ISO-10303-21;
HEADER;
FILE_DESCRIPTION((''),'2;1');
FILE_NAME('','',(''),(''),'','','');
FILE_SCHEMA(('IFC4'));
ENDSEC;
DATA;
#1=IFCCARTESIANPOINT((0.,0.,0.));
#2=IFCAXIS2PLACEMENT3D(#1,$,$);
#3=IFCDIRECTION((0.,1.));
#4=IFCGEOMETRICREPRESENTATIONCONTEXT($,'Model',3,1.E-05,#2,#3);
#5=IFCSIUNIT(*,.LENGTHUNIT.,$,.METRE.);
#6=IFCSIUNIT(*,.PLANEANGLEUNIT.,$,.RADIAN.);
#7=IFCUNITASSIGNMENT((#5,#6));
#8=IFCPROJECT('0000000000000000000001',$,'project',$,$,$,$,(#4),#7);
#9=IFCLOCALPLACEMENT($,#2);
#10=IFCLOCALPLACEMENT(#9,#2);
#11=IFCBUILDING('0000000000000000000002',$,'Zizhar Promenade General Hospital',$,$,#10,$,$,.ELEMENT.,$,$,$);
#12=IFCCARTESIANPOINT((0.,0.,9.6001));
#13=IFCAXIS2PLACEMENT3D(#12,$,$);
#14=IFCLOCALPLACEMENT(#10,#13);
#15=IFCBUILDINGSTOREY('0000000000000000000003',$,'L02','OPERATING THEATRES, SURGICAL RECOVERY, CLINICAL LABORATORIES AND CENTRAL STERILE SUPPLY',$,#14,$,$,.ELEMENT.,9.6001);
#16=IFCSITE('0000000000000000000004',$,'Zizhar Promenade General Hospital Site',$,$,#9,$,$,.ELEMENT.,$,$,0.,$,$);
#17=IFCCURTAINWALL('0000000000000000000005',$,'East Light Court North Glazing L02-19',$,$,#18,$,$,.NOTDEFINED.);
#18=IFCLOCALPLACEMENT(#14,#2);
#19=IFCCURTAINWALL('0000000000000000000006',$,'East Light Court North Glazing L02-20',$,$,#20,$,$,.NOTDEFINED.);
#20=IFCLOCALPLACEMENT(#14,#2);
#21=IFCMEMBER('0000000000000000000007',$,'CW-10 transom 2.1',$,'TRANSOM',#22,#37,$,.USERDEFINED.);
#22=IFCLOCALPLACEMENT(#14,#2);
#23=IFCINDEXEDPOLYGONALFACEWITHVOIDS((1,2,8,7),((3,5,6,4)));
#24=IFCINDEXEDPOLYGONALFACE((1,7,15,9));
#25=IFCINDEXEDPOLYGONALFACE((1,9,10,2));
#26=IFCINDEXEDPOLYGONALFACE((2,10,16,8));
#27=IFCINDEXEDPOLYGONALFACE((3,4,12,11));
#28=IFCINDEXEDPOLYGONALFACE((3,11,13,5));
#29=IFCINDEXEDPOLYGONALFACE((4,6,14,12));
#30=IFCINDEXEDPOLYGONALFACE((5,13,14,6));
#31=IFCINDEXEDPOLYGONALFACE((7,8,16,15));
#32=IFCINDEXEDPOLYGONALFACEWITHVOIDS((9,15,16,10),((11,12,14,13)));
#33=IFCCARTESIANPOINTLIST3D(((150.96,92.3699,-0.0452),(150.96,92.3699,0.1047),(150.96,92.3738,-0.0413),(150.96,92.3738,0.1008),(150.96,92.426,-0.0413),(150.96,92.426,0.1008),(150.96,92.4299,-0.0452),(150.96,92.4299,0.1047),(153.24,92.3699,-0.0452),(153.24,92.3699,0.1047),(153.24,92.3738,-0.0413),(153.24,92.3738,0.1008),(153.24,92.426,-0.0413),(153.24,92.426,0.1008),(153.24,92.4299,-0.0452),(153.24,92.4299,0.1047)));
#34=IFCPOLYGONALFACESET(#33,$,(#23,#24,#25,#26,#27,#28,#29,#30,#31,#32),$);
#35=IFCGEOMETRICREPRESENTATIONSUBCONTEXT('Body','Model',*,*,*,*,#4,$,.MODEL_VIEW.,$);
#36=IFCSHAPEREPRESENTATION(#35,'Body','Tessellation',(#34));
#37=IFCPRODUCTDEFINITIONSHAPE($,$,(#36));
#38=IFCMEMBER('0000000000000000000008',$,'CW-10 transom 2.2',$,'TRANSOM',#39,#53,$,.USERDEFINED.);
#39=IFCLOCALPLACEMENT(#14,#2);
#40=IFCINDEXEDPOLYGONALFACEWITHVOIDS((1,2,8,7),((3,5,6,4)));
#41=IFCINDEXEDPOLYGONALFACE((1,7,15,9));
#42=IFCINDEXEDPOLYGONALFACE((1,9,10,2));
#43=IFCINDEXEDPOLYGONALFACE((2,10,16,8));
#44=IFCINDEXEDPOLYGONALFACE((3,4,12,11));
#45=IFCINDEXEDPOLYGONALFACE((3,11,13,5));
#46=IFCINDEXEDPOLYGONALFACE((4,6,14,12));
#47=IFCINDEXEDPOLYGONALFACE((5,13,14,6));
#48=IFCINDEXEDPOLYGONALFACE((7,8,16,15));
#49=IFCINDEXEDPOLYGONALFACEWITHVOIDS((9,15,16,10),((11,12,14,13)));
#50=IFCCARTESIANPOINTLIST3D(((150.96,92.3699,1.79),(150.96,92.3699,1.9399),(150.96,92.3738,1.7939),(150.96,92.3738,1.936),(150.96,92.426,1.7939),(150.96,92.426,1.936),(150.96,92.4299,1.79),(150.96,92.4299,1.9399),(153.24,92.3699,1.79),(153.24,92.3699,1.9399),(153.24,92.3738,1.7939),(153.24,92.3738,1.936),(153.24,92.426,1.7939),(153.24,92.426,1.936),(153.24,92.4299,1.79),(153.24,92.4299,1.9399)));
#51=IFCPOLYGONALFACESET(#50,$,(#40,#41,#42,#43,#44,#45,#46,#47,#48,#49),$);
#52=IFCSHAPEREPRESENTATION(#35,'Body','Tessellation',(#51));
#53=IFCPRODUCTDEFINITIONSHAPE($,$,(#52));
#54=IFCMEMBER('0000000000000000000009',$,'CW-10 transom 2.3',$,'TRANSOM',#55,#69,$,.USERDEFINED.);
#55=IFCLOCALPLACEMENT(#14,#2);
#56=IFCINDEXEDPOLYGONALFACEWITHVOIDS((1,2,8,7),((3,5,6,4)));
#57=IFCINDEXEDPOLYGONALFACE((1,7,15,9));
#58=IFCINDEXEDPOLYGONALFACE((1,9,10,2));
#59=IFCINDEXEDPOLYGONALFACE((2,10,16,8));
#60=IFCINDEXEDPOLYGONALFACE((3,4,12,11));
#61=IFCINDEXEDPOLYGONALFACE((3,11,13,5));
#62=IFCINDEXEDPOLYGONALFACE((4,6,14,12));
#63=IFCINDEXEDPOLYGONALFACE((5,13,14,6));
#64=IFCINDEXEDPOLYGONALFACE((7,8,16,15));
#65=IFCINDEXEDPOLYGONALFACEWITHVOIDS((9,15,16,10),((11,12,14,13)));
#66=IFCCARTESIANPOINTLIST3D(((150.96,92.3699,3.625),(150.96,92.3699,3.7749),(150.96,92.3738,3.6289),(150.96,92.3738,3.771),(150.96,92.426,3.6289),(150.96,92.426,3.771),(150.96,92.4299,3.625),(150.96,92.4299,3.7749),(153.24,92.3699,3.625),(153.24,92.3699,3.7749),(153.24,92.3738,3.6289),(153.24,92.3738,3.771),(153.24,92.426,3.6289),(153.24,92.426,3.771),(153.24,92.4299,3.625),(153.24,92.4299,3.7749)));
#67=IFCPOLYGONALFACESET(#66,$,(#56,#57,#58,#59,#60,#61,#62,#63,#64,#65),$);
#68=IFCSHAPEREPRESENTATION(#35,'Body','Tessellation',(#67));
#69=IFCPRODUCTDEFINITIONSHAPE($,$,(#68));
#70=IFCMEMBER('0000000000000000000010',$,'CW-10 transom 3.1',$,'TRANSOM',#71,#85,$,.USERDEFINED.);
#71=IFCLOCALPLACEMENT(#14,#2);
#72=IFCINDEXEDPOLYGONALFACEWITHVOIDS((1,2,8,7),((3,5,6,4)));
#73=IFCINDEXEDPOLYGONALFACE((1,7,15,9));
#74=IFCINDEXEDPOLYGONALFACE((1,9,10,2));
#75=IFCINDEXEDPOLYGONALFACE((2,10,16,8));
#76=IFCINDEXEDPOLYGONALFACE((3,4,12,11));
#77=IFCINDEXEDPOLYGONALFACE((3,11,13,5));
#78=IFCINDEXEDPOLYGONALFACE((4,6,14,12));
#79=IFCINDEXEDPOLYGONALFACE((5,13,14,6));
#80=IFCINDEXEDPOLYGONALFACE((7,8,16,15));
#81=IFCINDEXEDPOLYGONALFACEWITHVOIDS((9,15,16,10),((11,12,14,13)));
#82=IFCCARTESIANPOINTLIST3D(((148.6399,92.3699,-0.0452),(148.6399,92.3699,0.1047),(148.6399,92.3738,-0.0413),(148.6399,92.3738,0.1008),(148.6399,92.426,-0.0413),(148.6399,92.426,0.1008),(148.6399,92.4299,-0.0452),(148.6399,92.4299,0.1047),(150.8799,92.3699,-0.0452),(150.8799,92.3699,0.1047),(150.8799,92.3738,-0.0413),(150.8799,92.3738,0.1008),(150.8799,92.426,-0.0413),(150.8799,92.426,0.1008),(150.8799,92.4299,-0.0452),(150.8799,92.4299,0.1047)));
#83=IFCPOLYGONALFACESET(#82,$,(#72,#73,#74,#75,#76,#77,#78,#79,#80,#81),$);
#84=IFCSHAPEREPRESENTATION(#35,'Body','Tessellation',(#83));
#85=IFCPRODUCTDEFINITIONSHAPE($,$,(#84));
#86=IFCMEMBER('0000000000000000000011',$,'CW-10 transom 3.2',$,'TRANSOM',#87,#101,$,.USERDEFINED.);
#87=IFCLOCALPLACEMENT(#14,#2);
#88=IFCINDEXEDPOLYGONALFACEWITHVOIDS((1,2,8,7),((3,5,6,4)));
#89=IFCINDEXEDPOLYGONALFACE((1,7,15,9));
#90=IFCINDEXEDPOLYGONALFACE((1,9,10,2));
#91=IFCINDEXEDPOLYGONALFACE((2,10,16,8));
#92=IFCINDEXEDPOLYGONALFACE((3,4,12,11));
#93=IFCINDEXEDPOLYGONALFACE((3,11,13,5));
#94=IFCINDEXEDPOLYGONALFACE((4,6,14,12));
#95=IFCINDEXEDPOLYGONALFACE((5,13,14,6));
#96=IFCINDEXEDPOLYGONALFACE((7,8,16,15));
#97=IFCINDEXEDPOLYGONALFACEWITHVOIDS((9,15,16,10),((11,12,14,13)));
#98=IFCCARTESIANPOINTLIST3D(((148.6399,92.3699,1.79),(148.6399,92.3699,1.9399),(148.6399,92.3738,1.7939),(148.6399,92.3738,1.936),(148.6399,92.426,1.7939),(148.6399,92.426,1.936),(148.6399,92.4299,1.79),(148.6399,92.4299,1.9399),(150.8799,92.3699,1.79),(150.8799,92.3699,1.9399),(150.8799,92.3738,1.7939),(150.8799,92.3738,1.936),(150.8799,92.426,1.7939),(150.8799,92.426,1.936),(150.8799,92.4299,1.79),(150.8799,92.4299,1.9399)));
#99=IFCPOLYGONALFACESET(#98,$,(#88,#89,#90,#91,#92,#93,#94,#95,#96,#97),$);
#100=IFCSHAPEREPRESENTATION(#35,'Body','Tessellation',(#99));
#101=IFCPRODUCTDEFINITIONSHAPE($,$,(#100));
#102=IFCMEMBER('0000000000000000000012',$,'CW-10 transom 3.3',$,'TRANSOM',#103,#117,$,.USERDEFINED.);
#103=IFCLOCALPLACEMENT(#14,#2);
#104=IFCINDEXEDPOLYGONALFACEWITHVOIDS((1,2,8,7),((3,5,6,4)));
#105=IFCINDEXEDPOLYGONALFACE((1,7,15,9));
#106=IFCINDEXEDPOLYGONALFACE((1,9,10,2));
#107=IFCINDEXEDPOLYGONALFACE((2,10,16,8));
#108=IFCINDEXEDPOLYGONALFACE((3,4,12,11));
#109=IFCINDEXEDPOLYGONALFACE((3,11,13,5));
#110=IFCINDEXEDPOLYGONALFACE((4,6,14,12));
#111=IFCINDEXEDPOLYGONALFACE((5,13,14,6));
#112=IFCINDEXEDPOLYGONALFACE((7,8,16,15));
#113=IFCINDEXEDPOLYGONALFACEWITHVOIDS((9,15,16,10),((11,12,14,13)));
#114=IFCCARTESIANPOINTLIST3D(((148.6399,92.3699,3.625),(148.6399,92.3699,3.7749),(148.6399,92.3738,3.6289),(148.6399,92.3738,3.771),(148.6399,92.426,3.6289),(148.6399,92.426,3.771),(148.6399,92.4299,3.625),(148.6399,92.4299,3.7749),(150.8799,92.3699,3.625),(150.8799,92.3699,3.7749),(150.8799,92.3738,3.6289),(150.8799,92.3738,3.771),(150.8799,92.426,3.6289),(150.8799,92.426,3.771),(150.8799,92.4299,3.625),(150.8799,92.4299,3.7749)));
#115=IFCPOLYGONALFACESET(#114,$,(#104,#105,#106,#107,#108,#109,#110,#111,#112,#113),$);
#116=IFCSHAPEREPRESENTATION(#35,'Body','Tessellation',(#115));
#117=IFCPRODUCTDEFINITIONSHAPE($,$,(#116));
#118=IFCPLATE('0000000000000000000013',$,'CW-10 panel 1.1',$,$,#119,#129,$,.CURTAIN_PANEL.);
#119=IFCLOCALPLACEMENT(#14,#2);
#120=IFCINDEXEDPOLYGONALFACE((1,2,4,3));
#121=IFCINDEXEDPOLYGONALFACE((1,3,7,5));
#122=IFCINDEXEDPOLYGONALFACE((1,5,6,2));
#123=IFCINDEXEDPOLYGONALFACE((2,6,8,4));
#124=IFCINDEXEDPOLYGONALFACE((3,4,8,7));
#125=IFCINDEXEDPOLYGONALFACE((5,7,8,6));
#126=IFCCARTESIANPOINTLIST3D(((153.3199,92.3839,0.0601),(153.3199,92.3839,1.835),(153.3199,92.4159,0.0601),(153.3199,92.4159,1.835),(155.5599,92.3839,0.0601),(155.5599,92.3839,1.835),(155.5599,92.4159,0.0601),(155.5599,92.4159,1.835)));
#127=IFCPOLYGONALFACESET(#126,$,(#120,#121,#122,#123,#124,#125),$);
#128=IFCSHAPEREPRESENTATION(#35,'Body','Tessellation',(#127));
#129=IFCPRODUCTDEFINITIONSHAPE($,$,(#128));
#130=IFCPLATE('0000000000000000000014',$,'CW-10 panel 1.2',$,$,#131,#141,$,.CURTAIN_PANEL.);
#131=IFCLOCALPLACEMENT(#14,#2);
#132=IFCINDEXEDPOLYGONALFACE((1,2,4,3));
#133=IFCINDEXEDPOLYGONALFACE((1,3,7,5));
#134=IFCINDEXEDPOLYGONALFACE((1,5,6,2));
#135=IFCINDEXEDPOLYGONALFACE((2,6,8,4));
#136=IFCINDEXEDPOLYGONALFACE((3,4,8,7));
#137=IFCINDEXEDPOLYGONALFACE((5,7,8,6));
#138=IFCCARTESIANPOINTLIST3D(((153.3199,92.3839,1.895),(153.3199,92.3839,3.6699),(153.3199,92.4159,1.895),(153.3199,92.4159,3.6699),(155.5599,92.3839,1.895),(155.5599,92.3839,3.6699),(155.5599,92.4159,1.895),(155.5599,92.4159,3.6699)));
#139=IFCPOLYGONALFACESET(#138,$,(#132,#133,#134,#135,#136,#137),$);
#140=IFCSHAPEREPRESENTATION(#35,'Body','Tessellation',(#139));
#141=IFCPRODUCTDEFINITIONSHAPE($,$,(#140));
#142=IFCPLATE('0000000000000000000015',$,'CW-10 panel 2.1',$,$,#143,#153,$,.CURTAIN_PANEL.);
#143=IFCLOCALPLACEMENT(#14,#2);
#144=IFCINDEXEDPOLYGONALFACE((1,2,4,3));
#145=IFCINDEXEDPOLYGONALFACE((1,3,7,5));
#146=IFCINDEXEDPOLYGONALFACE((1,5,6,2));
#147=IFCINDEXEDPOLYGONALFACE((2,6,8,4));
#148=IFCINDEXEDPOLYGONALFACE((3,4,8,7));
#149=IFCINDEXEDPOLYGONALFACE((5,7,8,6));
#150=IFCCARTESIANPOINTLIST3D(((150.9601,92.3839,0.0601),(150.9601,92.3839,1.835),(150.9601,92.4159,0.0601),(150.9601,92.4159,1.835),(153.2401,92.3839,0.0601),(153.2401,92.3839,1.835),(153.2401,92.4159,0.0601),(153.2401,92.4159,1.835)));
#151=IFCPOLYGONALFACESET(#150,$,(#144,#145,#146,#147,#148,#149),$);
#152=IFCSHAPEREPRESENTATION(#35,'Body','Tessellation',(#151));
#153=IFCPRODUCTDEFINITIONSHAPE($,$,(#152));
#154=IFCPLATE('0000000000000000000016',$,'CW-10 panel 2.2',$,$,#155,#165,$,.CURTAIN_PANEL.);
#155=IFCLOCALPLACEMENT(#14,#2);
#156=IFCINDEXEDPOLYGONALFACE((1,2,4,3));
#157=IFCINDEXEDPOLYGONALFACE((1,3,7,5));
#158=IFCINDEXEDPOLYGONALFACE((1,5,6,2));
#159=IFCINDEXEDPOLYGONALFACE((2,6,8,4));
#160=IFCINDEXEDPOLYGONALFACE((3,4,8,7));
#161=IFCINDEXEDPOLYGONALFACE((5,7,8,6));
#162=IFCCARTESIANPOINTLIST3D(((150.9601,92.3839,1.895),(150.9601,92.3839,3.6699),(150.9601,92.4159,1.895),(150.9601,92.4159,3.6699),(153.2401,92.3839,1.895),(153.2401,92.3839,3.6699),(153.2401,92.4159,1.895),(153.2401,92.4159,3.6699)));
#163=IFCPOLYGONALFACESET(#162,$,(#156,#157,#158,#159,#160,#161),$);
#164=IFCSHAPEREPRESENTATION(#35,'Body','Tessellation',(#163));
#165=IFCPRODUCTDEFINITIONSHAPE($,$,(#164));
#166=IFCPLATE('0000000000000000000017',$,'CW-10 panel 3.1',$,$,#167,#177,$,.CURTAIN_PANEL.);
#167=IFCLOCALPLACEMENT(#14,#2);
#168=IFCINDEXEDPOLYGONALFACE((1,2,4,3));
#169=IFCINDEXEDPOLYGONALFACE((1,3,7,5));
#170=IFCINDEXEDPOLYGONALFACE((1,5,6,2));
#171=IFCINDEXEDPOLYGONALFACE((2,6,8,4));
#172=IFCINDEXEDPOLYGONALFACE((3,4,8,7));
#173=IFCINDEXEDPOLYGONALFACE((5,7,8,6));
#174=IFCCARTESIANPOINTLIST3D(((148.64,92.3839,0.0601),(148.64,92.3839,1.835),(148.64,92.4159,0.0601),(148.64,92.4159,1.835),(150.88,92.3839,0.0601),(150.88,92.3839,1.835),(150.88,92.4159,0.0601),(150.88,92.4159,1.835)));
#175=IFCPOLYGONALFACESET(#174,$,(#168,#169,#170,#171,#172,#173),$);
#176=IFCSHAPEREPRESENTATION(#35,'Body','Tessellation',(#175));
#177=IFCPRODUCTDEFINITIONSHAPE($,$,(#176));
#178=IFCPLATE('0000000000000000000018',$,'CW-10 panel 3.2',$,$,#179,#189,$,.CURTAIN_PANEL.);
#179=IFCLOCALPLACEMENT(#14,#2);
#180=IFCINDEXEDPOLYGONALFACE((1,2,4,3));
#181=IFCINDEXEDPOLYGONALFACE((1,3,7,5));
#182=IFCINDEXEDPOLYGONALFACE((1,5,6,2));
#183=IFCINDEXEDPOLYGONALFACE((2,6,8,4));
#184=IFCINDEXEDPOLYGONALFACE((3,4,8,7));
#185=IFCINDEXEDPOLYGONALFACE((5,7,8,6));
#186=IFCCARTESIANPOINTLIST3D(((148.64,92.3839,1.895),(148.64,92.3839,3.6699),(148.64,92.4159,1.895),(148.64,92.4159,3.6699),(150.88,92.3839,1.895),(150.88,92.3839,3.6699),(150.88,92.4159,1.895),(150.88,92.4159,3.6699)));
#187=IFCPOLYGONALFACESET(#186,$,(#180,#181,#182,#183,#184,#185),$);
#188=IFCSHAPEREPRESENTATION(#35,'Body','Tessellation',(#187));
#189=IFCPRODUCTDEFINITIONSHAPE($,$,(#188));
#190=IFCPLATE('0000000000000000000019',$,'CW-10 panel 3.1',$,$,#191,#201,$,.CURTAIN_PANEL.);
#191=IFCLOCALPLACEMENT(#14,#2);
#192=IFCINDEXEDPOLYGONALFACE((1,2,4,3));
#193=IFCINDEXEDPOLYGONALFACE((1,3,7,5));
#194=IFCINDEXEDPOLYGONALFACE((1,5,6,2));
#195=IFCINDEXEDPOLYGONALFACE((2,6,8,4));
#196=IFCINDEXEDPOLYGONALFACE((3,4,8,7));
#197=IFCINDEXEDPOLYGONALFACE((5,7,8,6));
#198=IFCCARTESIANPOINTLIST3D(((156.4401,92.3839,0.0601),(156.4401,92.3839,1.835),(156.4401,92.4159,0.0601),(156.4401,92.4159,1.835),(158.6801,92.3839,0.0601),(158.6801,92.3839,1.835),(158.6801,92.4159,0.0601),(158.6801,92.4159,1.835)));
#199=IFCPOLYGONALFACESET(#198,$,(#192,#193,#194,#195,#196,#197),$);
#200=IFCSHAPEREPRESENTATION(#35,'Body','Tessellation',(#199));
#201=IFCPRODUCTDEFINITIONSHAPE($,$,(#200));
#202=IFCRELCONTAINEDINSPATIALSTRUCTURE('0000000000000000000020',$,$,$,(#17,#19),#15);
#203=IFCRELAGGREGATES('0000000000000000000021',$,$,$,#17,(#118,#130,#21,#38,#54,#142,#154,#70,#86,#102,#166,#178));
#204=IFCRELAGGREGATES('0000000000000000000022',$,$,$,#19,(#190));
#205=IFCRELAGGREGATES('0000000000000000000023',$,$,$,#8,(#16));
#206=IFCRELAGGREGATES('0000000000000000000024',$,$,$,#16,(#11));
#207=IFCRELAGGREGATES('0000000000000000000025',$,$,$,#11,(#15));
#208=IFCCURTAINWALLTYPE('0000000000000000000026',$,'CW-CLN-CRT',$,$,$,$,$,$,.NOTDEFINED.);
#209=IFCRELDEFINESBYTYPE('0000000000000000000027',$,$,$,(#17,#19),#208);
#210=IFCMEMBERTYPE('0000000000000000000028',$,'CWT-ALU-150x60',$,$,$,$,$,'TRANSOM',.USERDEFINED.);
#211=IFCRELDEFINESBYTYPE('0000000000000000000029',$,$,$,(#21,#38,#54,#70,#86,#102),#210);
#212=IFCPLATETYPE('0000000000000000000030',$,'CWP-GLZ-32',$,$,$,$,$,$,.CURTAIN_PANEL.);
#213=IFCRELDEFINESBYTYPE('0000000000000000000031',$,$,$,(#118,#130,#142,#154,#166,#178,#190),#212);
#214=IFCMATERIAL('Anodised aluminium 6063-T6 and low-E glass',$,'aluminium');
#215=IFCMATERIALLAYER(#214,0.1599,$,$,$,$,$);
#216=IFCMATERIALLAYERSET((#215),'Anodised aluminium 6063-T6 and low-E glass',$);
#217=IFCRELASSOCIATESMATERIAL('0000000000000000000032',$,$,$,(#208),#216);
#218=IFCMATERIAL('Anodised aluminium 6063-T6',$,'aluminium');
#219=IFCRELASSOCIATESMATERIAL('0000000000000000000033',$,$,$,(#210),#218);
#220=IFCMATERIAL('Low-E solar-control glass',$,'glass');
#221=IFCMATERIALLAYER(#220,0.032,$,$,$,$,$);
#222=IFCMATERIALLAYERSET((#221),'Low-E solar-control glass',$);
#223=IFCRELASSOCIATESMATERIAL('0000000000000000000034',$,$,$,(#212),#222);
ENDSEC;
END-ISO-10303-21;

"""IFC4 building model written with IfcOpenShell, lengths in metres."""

from ifc_helpers import new_model, si_unit, direction, frame, origin, origin_2d, place, context, subcontext, project, spatial, rectangle, hollow_rectangle, extrude, material, layer, layer_set, material_profile, profile_set, type_object, element, aggregate, save


model = new_model("IFC4")

# Units and contexts
model_context = context("Model", 3, precision=1e-05, world=origin(), true_north=direction((0.0, 1.0)))
body_context = subcontext(model_context, "Body", "Model", "MODEL_VIEW")
ifc_project = project(units=[si_unit("LENGTHUNIT", "METRE"), si_unit("PLANEANGLEUNIT", "RADIAN")], contexts=[model_context])

# Site, building, storey
site_placement = place(None, origin())
site = spatial("IfcSite", under=ifc_project, at=site_placement, Name="Zizhar Promenade General Hospital Site", CompositionType="ELEMENT", RefElevation=0.0)
building_placement = place(site_placement, origin())
building = spatial("IfcBuilding", under=site, at=building_placement, Name="Zizhar Promenade General Hospital", CompositionType="ELEMENT")
storey_placement = place(building_placement, frame((0.0, 0.0, 9.6001)))
storey = spatial("IfcBuildingStorey", under=building, at=storey_placement, Name="L02", Description="OPERATING THEATRES, SURGICAL RECOVERY, CLINICAL LABORATORIES AND CENTRAL STERILE SUPPLY", CompositionType="ELEMENT", Elevation=9.6001)

# Curtain wall
ifc_material_1 = material(Name="Anodised aluminium 6063-T6 and low-E glass", Category="aluminium")
ifc_layer_1 = layer(ifc_material_1, 0.1599)
ifc_layer_set_1 = layer_set([ifc_layer_1], Name="Anodised aluminium 6063-T6 and low-E glass")
curtain_wall_type = type_object("IfcCurtainWallType", Name="CW-CLN-CRT", PredefinedType="NOTDEFINED", material=ifc_layer_set_1)
curtain_wall_1_placement = place(storey_placement, origin())
curtain_wall_1 = element("IfcCurtainWall", 1, at=curtain_wall_1_placement, inside=storey, type_object=curtain_wall_type, Name="East Light Court North Glazing L02-19", PredefinedType="NOTDEFINED")

# Curtain wall
curtain_wall_2_placement = place(storey_placement, origin())
curtain_wall_2 = element("IfcCurtainWall", 2, at=curtain_wall_2_placement, inside=storey, type_object=curtain_wall_type, Name="East Light Court North Glazing L02-20", PredefinedType="NOTDEFINED")

# Members
ifc_material_2 = material(Name="Anodised aluminium 6063-T6", Category="aluminium")
ifc_material_profile_1 = material_profile(ifc_material_2, hollow_rectangle(XDim=0.0601, YDim=0.1499, WallThickness=0.0039, at=origin_2d()))
ifc_profile_set_1 = profile_set([ifc_material_profile_1], Name="Anodised aluminium 6063-T6")
member_type_1 = type_object("IfcMemberType", Name="CWT-ALU-150x60", ElementType="TRANSOM", PredefinedType="USERDEFINED", material=ifc_profile_set_1)
member_1_placement = place(storey_placement, frame((153.24, 92.3999, 0.0298), z_axis=(-1.0, 0.0, 0.0), x_axis=(0.0, -1.0, 0.0)))
member_1 = element("IfcMember", 3, at=member_1_placement, type_object=member_type_1, Name="CW-10 transom 2.1", ObjectType="TRANSOM", PredefinedType="USERDEFINED", context=body_context, shape_type="SweptSolid", body=[
    extrude(hollow_rectangle(XDim=0.0601, YDim=0.1499, WallThickness=0.0039, at=origin_2d()), origin(), (0.0, 0.0, 1.0), 2.28),
])
member_2_placement = place(storey_placement, frame((153.24, 92.3999, 1.865), z_axis=(-1.0, 0.0, 0.0), x_axis=(0.0, -1.0, 0.0)))
member_2 = element("IfcMember", 4, at=member_2_placement, type_object=member_type_1, Name="CW-10 transom 2.2", ObjectType="TRANSOM", PredefinedType="USERDEFINED", context=body_context, shape_type="SweptSolid", body=[
    extrude(hollow_rectangle(XDim=0.0601, YDim=0.1499, WallThickness=0.0039, at=origin_2d()), origin(), (0.0, 0.0, 1.0), 2.28),
])
member_3_placement = place(storey_placement, frame((153.24, 92.3999, 3.7), z_axis=(-1.0, 0.0, 0.0), x_axis=(0.0, -1.0, 0.0)))
member_3 = element("IfcMember", 5, at=member_3_placement, type_object=member_type_1, Name="CW-10 transom 2.3", ObjectType="TRANSOM", PredefinedType="USERDEFINED", context=body_context, shape_type="SweptSolid", body=[
    extrude(hollow_rectangle(XDim=0.0601, YDim=0.1499, WallThickness=0.0039, at=origin_2d()), origin(), (0.0, 0.0, 1.0), 2.28),
])
member_4_placement = place(storey_placement, frame((150.8799, 92.3999, 0.0298), z_axis=(-1.0, 0.0, 0.0), x_axis=(0.0, -1.0, 0.0)))
member_4 = element("IfcMember", 6, at=member_4_placement, type_object=member_type_1, Name="CW-10 transom 3.1", ObjectType="TRANSOM", PredefinedType="USERDEFINED", context=body_context, shape_type="SweptSolid", body=[
    extrude(hollow_rectangle(XDim=0.0601, YDim=0.1499, WallThickness=0.0039, at=origin_2d()), origin(), (0.0, 0.0, 1.0), 2.24),
])
member_5_placement = place(storey_placement, frame((150.8799, 92.3999, 1.865), z_axis=(-1.0, 0.0, 0.0), x_axis=(0.0, -1.0, 0.0)))
member_5 = element("IfcMember", 7, at=member_5_placement, type_object=member_type_1, Name="CW-10 transom 3.2", ObjectType="TRANSOM", PredefinedType="USERDEFINED", context=body_context, shape_type="SweptSolid", body=[
    extrude(hollow_rectangle(XDim=0.0601, YDim=0.1499, WallThickness=0.0039, at=origin_2d()), origin(), (0.0, 0.0, 1.0), 2.24),
])
member_6_placement = place(storey_placement, frame((150.8799, 92.3999, 3.7), z_axis=(-1.0, 0.0, 0.0), x_axis=(0.0, -1.0, 0.0)))
member_6 = element("IfcMember", 8, at=member_6_placement, type_object=member_type_1, Name="CW-10 transom 3.3", ObjectType="TRANSOM", PredefinedType="USERDEFINED", context=body_context, shape_type="SweptSolid", body=[
    extrude(hollow_rectangle(XDim=0.0601, YDim=0.1499, WallThickness=0.0039, at=origin_2d()), origin(), (0.0, 0.0, 1.0), 2.24),
])

# Plates
ifc_material_3 = material(Name="Low-E solar-control glass", Category="glass")
ifc_layer_2 = layer(ifc_material_3, 0.032)
ifc_layer_set_2 = layer_set([ifc_layer_2], Name="Low-E solar-control glass")
plate_type = type_object("IfcPlateType", Name="CWP-GLZ-32", PredefinedType="CURTAIN_PANEL", material=ifc_layer_set_2)
plate_1_placement = place(storey_placement, frame((154.4399, 92.3999, 0.0601), z_axis=(0.0, 0.0, 1.0), x_axis=(-1.0, 0.0, 0.0)))
plate_1 = element("IfcPlate", 9, at=plate_1_placement, type_object=plate_type, Name="CW-10 panel 1.1", PredefinedType="CURTAIN_PANEL", context=body_context, shape_type="SweptSolid", body=[
    extrude(rectangle(XDim=2.24, YDim=0.032, at=origin_2d()), origin(), (0.0, 0.0, 1.0), 1.7749),
])
plate_2_placement = place(storey_placement, frame((154.4399, 92.3999, 1.895), z_axis=(0.0, 0.0, 1.0), x_axis=(-1.0, 0.0, 0.0)))
plate_2 = element("IfcPlate", 10, at=plate_2_placement, type_object=plate_type, Name="CW-10 panel 1.2", PredefinedType="CURTAIN_PANEL", context=body_context, shape_type="SweptSolid", body=[
    extrude(rectangle(XDim=2.24, YDim=0.032, at=origin_2d()), origin(), (0.0, 0.0, 1.0), 1.7749),
])
plate_3_placement = place(storey_placement, frame((152.1001, 92.3999, 0.0601), z_axis=(0.0, 0.0, 1.0), x_axis=(-1.0, 0.0, 0.0)))
plate_3 = element("IfcPlate", 11, at=plate_3_placement, type_object=plate_type, Name="CW-10 panel 2.1", PredefinedType="CURTAIN_PANEL", context=body_context, shape_type="SweptSolid", body=[
    extrude(rectangle(XDim=2.28, YDim=0.032, at=origin_2d()), origin(), (0.0, 0.0, 1.0), 1.7749),
])
plate_4_placement = place(storey_placement, frame((152.1001, 92.3999, 1.895), z_axis=(0.0, 0.0, 1.0), x_axis=(-1.0, 0.0, 0.0)))
plate_4 = element("IfcPlate", 12, at=plate_4_placement, type_object=plate_type, Name="CW-10 panel 2.2", PredefinedType="CURTAIN_PANEL", context=body_context, shape_type="SweptSolid", body=[
    extrude(rectangle(XDim=2.28, YDim=0.032, at=origin_2d()), origin(), (0.0, 0.0, 1.0), 1.7749),
])
plate_5_placement = place(storey_placement, frame((149.76, 92.3999, 0.0601), z_axis=(0.0, 0.0, 1.0), x_axis=(-1.0, 0.0, 0.0)))
plate_5 = element("IfcPlate", 13, at=plate_5_placement, type_object=plate_type, Name="CW-10 panel 3.1", PredefinedType="CURTAIN_PANEL", context=body_context, shape_type="SweptSolid", body=[
    extrude(rectangle(XDim=2.24, YDim=0.032, at=origin_2d()), origin(), (0.0, 0.0, 1.0), 1.7749),
])
plate_6_placement = place(storey_placement, frame((149.76, 92.3999, 1.895), z_axis=(0.0, 0.0, 1.0), x_axis=(-1.0, 0.0, 0.0)))
plate_6 = element("IfcPlate", 14, at=plate_6_placement, type_object=plate_type, Name="CW-10 panel 3.2", PredefinedType="CURTAIN_PANEL", context=body_context, shape_type="SweptSolid", body=[
    extrude(rectangle(XDim=2.24, YDim=0.032, at=origin_2d()), origin(), (0.0, 0.0, 1.0), 1.7749),
])
aggregate(curtain_wall_1, [plate_1, plate_2, member_1, member_2, member_3, plate_3, plate_4, member_4, member_5, member_6, plate_5, plate_6])
plate_7_placement = place(storey_placement, frame((157.5601, 92.3999, 0.0601), z_axis=(0.0, 0.0, 1.0), x_axis=(-1.0, 0.0, 0.0)))
plate_7 = element("IfcPlate", 15, at=plate_7_placement, type_object=plate_type, Name="CW-10 panel 3.1", PredefinedType="CURTAIN_PANEL", context=body_context, shape_type="SweptSolid", body=[
    extrude(rectangle(XDim=2.24, YDim=0.032, at=origin_2d()), origin(), (0.0, 0.0, 1.0), 1.7749),
])
aggregate(curtain_wall_2, [plate_7])

save(model, "model.ifc")
